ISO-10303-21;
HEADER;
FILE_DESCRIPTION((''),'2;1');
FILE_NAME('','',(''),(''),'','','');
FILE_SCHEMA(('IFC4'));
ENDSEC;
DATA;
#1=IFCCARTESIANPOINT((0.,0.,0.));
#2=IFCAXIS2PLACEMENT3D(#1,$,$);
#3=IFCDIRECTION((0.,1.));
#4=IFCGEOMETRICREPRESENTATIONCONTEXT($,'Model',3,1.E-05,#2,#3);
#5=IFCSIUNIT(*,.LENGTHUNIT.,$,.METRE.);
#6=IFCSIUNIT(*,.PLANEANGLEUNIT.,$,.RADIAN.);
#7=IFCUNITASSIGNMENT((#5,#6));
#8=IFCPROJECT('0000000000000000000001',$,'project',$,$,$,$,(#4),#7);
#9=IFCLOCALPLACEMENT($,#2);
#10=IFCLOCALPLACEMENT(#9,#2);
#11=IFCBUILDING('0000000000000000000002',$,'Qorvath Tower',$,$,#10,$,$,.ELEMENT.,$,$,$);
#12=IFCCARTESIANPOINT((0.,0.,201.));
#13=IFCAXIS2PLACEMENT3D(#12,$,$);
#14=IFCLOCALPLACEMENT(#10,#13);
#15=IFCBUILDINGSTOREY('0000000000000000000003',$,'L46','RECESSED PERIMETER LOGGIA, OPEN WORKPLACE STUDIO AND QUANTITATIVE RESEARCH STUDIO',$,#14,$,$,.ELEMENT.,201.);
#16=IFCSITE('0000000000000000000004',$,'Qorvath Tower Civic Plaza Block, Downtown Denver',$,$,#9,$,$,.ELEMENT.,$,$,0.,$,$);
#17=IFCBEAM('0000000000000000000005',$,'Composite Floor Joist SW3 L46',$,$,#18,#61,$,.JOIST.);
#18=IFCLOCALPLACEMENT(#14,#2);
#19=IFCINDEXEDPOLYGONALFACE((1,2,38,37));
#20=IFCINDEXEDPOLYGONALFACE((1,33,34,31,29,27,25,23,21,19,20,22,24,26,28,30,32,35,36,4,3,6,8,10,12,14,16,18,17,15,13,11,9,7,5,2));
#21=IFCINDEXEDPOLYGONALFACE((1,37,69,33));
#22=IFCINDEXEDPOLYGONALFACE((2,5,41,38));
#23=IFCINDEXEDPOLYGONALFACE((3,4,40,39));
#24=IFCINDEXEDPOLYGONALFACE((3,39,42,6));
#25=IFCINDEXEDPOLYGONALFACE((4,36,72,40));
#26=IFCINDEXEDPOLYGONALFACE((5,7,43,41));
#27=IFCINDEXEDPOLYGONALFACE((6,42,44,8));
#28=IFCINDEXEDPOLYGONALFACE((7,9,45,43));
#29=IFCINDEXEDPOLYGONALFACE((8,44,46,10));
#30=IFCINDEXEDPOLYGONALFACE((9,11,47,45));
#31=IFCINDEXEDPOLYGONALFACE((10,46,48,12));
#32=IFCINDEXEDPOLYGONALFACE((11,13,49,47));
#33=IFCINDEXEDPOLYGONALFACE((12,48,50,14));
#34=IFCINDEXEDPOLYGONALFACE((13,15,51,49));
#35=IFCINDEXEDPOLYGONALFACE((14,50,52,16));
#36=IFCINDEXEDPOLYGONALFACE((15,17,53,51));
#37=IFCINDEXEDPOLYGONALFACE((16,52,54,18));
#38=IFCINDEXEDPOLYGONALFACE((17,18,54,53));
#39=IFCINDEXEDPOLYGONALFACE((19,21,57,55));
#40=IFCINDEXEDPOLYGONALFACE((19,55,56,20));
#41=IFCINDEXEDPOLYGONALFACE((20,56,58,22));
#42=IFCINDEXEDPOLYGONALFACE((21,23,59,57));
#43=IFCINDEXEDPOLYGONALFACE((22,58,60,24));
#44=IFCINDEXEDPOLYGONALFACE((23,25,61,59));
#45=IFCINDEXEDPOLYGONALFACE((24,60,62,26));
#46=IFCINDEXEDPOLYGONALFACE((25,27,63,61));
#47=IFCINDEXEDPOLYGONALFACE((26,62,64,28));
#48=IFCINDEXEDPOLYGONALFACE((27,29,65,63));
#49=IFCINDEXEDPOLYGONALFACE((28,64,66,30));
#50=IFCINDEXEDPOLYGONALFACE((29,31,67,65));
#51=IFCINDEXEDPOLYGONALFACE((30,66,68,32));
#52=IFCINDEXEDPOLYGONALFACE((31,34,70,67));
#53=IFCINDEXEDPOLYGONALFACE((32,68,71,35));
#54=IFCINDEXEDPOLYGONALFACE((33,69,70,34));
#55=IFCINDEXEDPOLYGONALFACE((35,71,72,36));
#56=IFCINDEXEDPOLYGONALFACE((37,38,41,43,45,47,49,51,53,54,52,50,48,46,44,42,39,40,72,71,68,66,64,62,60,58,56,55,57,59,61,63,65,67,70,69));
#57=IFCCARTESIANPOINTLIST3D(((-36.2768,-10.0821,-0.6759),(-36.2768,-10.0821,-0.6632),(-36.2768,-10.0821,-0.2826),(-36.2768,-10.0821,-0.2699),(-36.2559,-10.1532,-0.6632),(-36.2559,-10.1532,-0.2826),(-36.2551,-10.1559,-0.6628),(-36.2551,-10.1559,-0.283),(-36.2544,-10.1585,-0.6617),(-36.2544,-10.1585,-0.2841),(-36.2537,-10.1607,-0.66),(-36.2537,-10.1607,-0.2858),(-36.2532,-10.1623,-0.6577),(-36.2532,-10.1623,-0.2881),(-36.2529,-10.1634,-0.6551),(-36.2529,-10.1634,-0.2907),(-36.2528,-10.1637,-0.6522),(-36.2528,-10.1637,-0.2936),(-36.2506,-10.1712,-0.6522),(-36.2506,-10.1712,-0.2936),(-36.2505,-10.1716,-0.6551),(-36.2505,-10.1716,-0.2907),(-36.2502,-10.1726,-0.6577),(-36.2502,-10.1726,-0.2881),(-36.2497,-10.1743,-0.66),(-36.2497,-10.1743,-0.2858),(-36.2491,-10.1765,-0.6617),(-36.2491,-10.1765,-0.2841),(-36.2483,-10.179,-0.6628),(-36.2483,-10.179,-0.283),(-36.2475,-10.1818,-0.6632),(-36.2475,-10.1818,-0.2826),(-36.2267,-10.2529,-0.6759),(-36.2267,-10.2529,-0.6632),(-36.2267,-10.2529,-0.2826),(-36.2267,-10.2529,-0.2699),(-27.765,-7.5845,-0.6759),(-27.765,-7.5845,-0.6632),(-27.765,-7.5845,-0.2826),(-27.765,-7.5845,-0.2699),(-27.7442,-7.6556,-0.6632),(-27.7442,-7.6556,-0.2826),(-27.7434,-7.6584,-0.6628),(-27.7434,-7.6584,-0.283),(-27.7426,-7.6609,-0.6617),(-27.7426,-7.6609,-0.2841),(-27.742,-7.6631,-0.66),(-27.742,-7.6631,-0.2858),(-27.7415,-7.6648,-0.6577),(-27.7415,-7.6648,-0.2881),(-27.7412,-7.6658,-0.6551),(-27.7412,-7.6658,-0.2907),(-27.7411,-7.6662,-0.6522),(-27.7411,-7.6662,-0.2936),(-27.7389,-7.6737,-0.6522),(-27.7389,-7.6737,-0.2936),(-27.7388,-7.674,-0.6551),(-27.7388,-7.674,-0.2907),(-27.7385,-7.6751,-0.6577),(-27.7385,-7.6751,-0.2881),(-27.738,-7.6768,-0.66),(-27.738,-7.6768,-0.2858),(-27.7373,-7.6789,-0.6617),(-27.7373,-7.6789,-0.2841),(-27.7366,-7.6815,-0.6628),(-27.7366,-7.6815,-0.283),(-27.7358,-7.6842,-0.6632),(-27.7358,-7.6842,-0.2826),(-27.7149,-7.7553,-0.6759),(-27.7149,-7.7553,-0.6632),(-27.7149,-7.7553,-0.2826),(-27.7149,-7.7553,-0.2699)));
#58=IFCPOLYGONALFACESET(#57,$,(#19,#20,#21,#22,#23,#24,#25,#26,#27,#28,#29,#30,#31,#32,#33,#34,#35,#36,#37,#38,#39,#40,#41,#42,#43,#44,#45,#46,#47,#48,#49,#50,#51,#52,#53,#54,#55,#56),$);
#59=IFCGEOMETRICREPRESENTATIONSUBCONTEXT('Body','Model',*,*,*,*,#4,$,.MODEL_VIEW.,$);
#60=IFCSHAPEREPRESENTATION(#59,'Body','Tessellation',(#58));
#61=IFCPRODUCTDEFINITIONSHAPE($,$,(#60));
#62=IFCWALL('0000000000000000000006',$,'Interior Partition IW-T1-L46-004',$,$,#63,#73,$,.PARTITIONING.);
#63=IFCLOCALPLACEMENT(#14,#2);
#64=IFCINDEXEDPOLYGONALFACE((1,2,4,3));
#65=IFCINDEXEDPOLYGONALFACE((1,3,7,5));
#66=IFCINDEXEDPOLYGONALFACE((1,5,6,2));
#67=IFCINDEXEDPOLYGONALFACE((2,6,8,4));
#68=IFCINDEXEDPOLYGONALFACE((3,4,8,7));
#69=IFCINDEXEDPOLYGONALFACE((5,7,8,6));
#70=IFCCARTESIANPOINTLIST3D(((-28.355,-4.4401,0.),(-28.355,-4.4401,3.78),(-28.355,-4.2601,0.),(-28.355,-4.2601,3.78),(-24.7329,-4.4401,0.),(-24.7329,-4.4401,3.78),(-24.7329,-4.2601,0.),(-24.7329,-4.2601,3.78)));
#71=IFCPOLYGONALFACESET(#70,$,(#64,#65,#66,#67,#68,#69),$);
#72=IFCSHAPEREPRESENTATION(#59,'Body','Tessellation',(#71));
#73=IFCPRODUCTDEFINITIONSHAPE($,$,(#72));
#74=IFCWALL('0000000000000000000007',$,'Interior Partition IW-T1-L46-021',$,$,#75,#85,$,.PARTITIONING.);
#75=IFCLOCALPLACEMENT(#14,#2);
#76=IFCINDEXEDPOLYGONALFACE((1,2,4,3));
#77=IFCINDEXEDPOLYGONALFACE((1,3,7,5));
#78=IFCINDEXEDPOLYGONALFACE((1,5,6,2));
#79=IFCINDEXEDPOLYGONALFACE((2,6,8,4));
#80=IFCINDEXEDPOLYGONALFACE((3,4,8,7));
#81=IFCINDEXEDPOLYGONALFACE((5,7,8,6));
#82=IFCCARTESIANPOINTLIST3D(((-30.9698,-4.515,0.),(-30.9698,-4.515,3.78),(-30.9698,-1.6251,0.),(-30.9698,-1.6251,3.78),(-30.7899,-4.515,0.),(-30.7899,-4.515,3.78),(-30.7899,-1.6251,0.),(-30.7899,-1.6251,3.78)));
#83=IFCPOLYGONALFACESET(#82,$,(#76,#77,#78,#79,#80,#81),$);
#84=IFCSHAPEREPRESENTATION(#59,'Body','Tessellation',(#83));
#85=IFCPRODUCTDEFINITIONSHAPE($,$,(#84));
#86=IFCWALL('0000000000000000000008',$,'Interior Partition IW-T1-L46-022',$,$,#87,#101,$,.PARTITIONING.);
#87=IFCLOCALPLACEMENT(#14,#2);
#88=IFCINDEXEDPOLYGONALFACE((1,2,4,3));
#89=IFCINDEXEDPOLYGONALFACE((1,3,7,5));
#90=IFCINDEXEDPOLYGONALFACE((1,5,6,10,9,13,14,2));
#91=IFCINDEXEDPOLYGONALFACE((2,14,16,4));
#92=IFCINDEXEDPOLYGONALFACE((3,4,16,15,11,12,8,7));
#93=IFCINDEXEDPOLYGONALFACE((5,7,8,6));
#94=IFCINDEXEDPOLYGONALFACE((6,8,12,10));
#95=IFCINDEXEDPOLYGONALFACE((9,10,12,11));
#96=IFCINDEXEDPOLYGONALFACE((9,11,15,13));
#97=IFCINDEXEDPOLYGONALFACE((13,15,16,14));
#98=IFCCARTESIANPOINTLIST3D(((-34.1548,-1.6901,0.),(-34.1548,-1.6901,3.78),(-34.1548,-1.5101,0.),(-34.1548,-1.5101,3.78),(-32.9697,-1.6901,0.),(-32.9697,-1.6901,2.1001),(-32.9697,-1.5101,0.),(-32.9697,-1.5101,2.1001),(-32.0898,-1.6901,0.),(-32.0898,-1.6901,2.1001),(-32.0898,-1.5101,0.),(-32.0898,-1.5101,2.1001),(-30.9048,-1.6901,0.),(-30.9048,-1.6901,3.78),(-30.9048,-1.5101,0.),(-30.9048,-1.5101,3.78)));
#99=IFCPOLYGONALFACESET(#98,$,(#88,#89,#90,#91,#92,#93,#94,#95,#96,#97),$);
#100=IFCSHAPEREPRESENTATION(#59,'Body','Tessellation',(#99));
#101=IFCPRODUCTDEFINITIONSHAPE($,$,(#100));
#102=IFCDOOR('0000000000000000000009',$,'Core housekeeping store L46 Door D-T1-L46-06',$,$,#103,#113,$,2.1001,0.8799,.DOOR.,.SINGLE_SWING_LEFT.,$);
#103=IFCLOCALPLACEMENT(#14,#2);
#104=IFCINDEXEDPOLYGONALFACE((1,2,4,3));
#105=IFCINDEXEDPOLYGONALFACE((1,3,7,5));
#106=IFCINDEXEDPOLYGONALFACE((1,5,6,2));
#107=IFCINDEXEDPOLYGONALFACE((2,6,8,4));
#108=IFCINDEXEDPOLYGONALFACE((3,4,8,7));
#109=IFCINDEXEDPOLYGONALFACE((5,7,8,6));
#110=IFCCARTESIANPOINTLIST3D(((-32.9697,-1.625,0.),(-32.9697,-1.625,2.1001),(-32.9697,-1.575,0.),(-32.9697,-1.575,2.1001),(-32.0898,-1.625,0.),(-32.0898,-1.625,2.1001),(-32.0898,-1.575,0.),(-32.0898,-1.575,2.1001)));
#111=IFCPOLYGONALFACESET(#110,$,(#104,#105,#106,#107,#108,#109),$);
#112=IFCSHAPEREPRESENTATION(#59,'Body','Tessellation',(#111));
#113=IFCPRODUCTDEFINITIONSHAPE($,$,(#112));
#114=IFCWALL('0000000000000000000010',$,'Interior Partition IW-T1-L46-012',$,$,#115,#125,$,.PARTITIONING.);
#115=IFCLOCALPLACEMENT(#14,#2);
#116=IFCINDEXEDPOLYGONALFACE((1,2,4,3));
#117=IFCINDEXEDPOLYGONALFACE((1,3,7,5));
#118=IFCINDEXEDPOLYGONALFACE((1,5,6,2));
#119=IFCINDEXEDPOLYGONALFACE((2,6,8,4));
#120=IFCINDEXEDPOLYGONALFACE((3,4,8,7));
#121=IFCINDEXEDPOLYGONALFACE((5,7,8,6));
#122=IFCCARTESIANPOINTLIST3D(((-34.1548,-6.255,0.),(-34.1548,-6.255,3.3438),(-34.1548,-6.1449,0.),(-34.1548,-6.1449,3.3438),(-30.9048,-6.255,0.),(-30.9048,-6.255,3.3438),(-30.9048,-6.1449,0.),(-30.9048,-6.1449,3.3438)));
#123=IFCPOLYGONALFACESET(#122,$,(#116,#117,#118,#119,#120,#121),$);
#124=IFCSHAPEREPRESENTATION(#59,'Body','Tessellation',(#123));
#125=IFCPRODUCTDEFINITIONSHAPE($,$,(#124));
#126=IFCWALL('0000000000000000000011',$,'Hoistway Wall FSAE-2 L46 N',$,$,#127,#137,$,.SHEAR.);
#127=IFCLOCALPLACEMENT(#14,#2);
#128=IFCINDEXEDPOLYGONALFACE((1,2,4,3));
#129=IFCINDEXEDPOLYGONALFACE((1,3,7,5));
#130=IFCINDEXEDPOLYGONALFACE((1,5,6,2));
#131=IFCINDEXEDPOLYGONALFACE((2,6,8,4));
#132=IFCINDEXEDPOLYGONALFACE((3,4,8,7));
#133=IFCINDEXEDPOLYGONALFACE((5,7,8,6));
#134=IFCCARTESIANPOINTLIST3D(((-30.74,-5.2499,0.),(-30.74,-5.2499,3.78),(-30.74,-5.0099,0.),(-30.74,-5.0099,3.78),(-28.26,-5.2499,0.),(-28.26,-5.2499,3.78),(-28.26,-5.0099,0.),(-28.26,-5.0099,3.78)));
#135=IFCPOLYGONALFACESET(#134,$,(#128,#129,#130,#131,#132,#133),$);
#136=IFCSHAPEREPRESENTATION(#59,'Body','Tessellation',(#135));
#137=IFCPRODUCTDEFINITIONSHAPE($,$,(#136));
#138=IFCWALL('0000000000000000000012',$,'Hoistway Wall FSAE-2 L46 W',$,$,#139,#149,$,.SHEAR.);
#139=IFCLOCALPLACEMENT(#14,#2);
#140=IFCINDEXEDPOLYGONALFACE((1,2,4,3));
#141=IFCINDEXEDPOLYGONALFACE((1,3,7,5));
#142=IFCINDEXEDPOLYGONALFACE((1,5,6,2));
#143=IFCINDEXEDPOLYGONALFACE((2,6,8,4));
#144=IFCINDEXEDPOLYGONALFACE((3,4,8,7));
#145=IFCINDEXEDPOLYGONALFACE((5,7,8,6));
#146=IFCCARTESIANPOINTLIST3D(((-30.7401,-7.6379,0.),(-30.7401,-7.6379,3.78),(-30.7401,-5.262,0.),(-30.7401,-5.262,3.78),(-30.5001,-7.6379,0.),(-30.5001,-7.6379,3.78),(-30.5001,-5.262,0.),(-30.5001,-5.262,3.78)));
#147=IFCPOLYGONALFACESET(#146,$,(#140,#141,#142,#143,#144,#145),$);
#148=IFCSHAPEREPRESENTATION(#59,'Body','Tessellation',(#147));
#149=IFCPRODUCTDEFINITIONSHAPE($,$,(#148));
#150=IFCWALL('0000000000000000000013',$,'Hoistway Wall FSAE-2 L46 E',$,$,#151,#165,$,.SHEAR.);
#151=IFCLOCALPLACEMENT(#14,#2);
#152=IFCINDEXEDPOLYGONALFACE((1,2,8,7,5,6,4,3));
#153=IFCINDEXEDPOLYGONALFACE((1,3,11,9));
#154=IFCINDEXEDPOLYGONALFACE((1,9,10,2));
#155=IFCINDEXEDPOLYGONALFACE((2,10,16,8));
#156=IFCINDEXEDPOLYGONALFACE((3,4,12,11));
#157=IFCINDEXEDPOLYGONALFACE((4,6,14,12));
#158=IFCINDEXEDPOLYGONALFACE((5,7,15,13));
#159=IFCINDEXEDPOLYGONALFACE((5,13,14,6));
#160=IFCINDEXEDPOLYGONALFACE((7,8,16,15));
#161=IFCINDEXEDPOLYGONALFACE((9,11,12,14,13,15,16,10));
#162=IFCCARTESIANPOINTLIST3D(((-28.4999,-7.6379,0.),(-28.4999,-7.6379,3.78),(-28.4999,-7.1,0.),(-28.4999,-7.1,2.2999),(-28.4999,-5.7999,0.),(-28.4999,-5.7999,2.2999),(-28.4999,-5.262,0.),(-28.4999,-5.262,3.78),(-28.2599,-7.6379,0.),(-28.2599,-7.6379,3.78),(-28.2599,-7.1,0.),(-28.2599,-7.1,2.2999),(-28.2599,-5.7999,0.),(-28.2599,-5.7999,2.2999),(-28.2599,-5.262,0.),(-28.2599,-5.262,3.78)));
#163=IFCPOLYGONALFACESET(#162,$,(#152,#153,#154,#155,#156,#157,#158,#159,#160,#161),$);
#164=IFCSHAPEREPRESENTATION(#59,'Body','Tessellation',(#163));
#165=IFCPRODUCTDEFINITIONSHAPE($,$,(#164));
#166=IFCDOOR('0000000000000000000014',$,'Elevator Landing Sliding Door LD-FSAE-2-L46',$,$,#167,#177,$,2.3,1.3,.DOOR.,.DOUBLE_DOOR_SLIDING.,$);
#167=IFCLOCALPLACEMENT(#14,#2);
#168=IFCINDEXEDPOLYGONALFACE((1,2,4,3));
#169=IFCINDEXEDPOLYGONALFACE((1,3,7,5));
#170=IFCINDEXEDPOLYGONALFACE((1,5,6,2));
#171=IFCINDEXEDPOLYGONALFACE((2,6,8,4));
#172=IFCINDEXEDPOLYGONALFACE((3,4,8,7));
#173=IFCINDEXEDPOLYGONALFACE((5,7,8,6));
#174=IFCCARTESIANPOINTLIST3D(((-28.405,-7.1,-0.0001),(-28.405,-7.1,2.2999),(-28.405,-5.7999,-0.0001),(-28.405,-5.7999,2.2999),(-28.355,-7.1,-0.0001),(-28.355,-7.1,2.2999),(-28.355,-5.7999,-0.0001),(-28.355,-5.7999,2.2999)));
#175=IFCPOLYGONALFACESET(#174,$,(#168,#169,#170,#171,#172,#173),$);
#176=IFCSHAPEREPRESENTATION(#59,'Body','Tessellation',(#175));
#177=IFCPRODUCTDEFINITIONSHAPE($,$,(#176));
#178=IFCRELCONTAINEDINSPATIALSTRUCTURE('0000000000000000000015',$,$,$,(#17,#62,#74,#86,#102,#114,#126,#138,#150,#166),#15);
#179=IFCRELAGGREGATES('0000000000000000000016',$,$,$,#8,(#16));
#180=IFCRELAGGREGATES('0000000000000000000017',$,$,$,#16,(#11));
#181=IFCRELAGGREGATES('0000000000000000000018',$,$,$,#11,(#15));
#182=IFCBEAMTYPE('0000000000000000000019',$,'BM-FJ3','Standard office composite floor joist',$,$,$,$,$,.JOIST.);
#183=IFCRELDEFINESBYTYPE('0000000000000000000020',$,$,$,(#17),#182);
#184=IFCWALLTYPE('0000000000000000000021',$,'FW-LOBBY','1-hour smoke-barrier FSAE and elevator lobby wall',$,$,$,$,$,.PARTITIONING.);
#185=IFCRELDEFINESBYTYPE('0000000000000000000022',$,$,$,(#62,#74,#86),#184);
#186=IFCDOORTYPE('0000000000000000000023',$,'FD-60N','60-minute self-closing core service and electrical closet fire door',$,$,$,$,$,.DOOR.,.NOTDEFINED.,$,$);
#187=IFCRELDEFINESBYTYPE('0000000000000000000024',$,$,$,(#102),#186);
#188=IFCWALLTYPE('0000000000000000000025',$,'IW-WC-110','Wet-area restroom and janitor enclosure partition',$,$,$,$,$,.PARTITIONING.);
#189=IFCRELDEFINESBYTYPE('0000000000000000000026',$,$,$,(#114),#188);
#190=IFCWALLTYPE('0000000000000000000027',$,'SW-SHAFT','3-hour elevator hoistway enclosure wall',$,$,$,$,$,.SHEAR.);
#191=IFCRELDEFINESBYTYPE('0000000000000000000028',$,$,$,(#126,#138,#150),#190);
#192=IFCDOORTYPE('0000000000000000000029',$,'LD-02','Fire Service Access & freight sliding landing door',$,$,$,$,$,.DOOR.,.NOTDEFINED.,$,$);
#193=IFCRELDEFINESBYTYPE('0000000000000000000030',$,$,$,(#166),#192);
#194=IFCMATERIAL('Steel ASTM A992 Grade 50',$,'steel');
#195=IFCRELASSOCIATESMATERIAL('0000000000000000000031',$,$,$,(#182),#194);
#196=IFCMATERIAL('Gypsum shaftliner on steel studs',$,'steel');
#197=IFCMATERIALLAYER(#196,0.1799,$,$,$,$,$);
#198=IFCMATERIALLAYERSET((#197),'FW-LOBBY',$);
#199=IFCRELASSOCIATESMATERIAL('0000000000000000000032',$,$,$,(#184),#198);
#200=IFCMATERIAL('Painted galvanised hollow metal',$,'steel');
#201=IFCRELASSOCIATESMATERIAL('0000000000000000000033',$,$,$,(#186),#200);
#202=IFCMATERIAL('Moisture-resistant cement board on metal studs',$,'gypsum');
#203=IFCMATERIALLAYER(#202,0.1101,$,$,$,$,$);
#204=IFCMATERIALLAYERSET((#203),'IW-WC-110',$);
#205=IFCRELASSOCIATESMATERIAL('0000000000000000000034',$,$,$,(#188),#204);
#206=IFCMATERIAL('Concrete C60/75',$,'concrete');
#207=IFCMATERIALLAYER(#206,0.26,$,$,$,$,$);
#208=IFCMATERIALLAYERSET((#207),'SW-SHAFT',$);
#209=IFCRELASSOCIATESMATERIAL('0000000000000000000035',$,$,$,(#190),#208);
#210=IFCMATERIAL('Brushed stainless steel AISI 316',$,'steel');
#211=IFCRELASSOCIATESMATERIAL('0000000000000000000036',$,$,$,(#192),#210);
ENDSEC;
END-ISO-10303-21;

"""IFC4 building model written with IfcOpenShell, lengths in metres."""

from ifc_helpers import new_model, si_unit, direction, frame, frame_2d, origin, origin_2d, place, context, subcontext, project, spatial, rectangle, i_section, extrude, material, layer, layer_set, material_profile, profile_set, type_object, element, fill, save


model = new_model("IFC4")

# Units and contexts
model_context = context("Model", 3, precision=1e-05, world=origin(), true_north=direction((0.0, 1.0)))
body_context = subcontext(model_context, "Body", "Model", "MODEL_VIEW")
ifc_project = project(units=[si_unit("LENGTHUNIT", "METRE"), si_unit("PLANEANGLEUNIT", "RADIAN")], contexts=[model_context])

# Site, building, storey
site_placement = place(None, origin())
site = spatial("IfcSite", under=ifc_project, at=site_placement, Name="Qorvath Tower Civic Plaza Block, Downtown Denver", CompositionType="ELEMENT", RefElevation=0.0)
building_placement = place(site_placement, origin())
building = spatial("IfcBuilding", under=site, at=building_placement, Name="Qorvath Tower", CompositionType="ELEMENT")
storey_placement = place(building_placement, frame((0.0, 0.0, 201.0)))
storey = spatial("IfcBuildingStorey", under=building, at=storey_placement, Name="L46", Description="RECESSED PERIMETER LOGGIA, OPEN WORKPLACE STUDIO AND QUANTITATIVE RESEARCH STUDIO", CompositionType="ELEMENT", Elevation=201.0)

# Beam
ifc_material_1 = material(Name="Steel ASTM A992 Grade 50", Category="steel")
ifc_material_profile_1 = material_profile(ifc_material_1, i_section(OverallWidth=0.178, OverallDepth=0.406, WebThickness=0.0078, FlangeThickness=0.0127, FilletRadius=0.011, at=origin_2d()), Name="W16x40")
ifc_profile_set_1 = profile_set([ifc_material_profile_1], Name="Steel ASTM A992 Grade 50")
beam_type_1 = type_object("IfcBeamType", Name="BM-FJ3", Description="Standard office composite floor joist", PredefinedType="JOIST", material=ifc_profile_set_1)
beam_1_placement = place(storey_placement, frame((-27.74, -7.6699, -0.4729), z_axis=(-0.959545, -0.281555, 0.0), x_axis=(0.281555, -0.959545, 0.0)))
element("IfcBeam", 1, at=beam_1_placement, inside=storey, type_object=beam_type_1, Name="Composite Floor Joist SW3 L46", PredefinedType="JOIST", context=body_context, shape_type="SweptSolid", body=[
    extrude(i_section(OverallWidth=0.178, OverallDepth=0.406, WebThickness=0.0078, FlangeThickness=0.0127, FilletRadius=0.011, at=origin_2d()), origin(), (0.0, 0.0, 1.0), 8.8706),
])

# Walls
ifc_material_2 = material(Name="Gypsum shaftliner on steel studs", Category="steel")
ifc_layer_1 = layer(ifc_material_2, 0.1799)
ifc_layer_set_1 = layer_set([ifc_layer_1], Name="FW-LOBBY")
wall_type_1 = type_object("IfcWallType", Name="FW-LOBBY", Description="1-hour smoke-barrier FSAE and elevator lobby wall", PredefinedType="PARTITIONING", material=ifc_layer_set_1)
wall_1_placement = place(storey_placement, frame((-24.7329, -4.3501, 0.0), z_axis=(0.0, 0.0, 1.0), x_axis=(-1.0, 0.0, 0.0)))
element("IfcWall", 2, at=wall_1_placement, inside=storey, type_object=wall_type_1, Name="Interior Partition IW-T1-L46-004", PredefinedType="PARTITIONING", context=body_context, shape_type="SweptSolid", body=[
    extrude(rectangle(XDim=3.6221, YDim=0.1799, at=frame_2d((1.811, 0.0))), origin(), (0.0, 0.0, 1.0), 3.78),
])
wall_2_placement = place(storey_placement, frame((-30.8799, -4.5149, 0.0), z_axis=(0.0, 0.0, 1.0), x_axis=(0.0, 1.0, 0.0)))
element("IfcWall", 3, at=wall_2_placement, inside=storey, type_object=wall_type_1, Name="Interior Partition IW-T1-L46-021", PredefinedType="PARTITIONING", context=body_context, shape_type="SweptSolid", body=[
    extrude(rectangle(XDim=2.8899, YDim=0.1799, at=frame_2d((1.4448, 0.0))), origin(), (0.0, 0.0, 1.0), 3.78),
])

# Wall, opening, door
wall_3_placement = place(storey_placement, frame((-30.9048, -1.6001, 0.0), z_axis=(0.0, 0.0, 1.0), x_axis=(-1.0, 0.0, 0.0)))
wall_3 = element("IfcWall", 4, at=wall_3_placement, inside=storey, type_object=wall_type_1, Name="Interior Partition IW-T1-L46-022", PredefinedType="PARTITIONING", context=body_context, shape_type="SweptSolid", body=[
    extrude(rectangle(XDim=3.25, YDim=0.1799, at=frame_2d((1.625, 0.0))), origin(), (0.0, 0.0, 1.0), 3.78),
])
opening_1_placement = place(wall_3_placement, frame((1.1851, 0.0, 0.0)))
opening_1 = element("IfcOpeningElement", 5, at=opening_1_placement, cuts=wall_3, PredefinedType="OPENING", context=body_context, shape_type="SweptSolid", body=[
    extrude(rectangle(XDim=0.8799, YDim=2.1001, at=frame_2d((0.4399, 1.05))), frame((0.0, 0.1001, 0.0), z_axis=(0.0, -1.0, 0.0), x_axis=(1.0, 0.0, 0.0)), (0.0, 0.0, 1.0), 0.2),
])
ifc_material_3 = material(Name="Painted galvanised hollow metal", Category="steel")
door_type_1 = type_object("IfcDoorType", Name="FD-60N", Description="60-minute self-closing core service and electrical closet fire door", OperationType="NOTDEFINED", PredefinedType="DOOR", material=ifc_material_3)
door_1_placement = place(opening_1_placement, origin())
door_1 = element("IfcDoor", 6, at=door_1_placement, inside=storey, type_object=door_type_1, Name="Core housekeeping store L46 Door D-T1-L46-06", OperationType="SINGLE_SWING_LEFT", OverallHeight=2.1001, OverallWidth=0.8799, PredefinedType="DOOR", context=body_context, shape_type="SweptSolid", body=[
    extrude(rectangle(XDim=0.8799, YDim=2.1001, at=frame_2d((0.4399, 1.05))), frame((0.0, 0.0249, 0.0), z_axis=(0.0, -1.0, 0.0), x_axis=(1.0, 0.0, 0.0)), (0.0, 0.0, 1.0), 0.05),
])
fill(opening_1, door_1)

# Walls
ifc_material_4 = material(Name="Moisture-resistant cement board on metal studs", Category="gypsum")
ifc_layer_2 = layer(ifc_material_4, 0.1101)
ifc_layer_set_2 = layer_set([ifc_layer_2], Name="IW-WC-110")
wall_type_2 = type_object("IfcWallType", Name="IW-WC-110", Description="Wet-area restroom and janitor enclosure partition", PredefinedType="PARTITIONING", material=ifc_layer_set_2)
wall_4_placement = place(storey_placement, frame((-30.9048, -6.2, 0.0), z_axis=(0.0, 0.0, 1.0), x_axis=(-1.0, 0.0, 0.0)))
element("IfcWall", 7, at=wall_4_placement, inside=storey, type_object=wall_type_2, Name="Interior Partition IW-T1-L46-012", PredefinedType="PARTITIONING", context=body_context, shape_type="SweptSolid", body=[
    extrude(rectangle(XDim=3.25, YDim=0.1101, at=frame_2d((1.625, 0.0))), origin(), (0.0, 0.0, 1.0), 3.3438),
])
ifc_material_5 = material(Name="Concrete C60/75", Category="concrete")
ifc_layer_3 = layer(ifc_material_5, 0.26)
ifc_layer_set_3 = layer_set([ifc_layer_3], Name="SW-SHAFT")
wall_type_3 = type_object("IfcWallType", Name="SW-SHAFT", Description="3-hour elevator hoistway enclosure wall", PredefinedType="SHEAR", material=ifc_layer_set_3)
wall_5_placement = place(storey_placement, frame((-30.74, -5.1299, 0.0), z_axis=(0.0, 0.0, 1.0), x_axis=(1.0, 0.0, 0.0)))
element("IfcWall", 8, at=wall_5_placement, inside=storey, type_object=wall_type_3, Name="Hoistway Wall FSAE-2 L46 N", PredefinedType="SHEAR", context=body_context, shape_type="SweptSolid", body=[
    extrude(rectangle(XDim=2.48, YDim=0.24, at=frame_2d((1.24, 0.0))), origin(), (0.0, 0.0, 1.0), 3.78),
])
wall_6_placement = place(storey_placement, frame((-30.6201, -7.6379, 0.0), z_axis=(0.0, 0.0, 1.0), x_axis=(0.0, 1.0, 0.0)))
element("IfcWall", 9, at=wall_6_placement, inside=storey, type_object=wall_type_3, Name="Hoistway Wall FSAE-2 L46 W", PredefinedType="SHEAR", context=body_context, shape_type="SweptSolid", body=[
    extrude(rectangle(XDim=2.376, YDim=0.24, at=frame_2d((1.188, 0.0))), origin(), (0.0, 0.0, 1.0), 3.78),
])

# Wall, opening, door
wall_7_placement = place(storey_placement, frame((-28.3799, -5.262, 0.0), z_axis=(0.0, 0.0, 1.0), x_axis=(0.0, -1.0, 0.0)))
wall_7 = element("IfcWall", 10, at=wall_7_placement, inside=storey, type_object=wall_type_3, Name="Hoistway Wall FSAE-2 L46 E", PredefinedType="SHEAR", context=body_context, shape_type="SweptSolid", body=[
    extrude(rectangle(XDim=2.376, YDim=0.24, at=frame_2d((1.188, 0.0))), origin(), (0.0, 0.0, 1.0), 3.78),
])
opening_2_placement = place(wall_7_placement, frame((0.5381, 0.0, 0.0)))
opening_2 = element("IfcOpeningElement", 11, at=opening_2_placement, cuts=wall_7, PredefinedType="OPENING", context=body_context, shape_type="SweptSolid", body=[
    extrude(rectangle(XDim=1.3, YDim=2.3, at=frame_2d((0.6499, 1.1499))), frame((0.0, 0.1299, 0.0), z_axis=(0.0, -1.0, 0.0), x_axis=(1.0, 0.0, 0.0)), (0.0, 0.0, 1.0), 0.26),
])
ifc_material_6 = material(Name="Brushed stainless steel AISI 316", Category="steel")
door_type_2 = type_object("IfcDoorType", Name="LD-02", Description="Fire Service Access & freight sliding landing door", OperationType="NOTDEFINED", PredefinedType="DOOR", material=ifc_material_6)
door_2_placement = place(opening_2_placement, origin())
door_2 = element("IfcDoor", 12, at=door_2_placement, inside=storey, type_object=door_type_2, Name="Elevator Landing Sliding Door LD-FSAE-2-L46", OperationType="DOUBLE_DOOR_SLIDING", OverallHeight=2.3, OverallWidth=1.3, PredefinedType="DOOR", context=body_context, shape_type="SweptSolid", body=[
    extrude(rectangle(XDim=1.3, YDim=2.3, at=frame_2d((0.6499, 1.1499))), frame((0.0, 0.0249, 0.0), z_axis=(0.0, -1.0, 0.0), x_axis=(1.0, 0.0, 0.0)), (0.0, 0.0, 1.0), 0.05),
])
fill(opening_2, door_2)

save(model, "model.ifc")
